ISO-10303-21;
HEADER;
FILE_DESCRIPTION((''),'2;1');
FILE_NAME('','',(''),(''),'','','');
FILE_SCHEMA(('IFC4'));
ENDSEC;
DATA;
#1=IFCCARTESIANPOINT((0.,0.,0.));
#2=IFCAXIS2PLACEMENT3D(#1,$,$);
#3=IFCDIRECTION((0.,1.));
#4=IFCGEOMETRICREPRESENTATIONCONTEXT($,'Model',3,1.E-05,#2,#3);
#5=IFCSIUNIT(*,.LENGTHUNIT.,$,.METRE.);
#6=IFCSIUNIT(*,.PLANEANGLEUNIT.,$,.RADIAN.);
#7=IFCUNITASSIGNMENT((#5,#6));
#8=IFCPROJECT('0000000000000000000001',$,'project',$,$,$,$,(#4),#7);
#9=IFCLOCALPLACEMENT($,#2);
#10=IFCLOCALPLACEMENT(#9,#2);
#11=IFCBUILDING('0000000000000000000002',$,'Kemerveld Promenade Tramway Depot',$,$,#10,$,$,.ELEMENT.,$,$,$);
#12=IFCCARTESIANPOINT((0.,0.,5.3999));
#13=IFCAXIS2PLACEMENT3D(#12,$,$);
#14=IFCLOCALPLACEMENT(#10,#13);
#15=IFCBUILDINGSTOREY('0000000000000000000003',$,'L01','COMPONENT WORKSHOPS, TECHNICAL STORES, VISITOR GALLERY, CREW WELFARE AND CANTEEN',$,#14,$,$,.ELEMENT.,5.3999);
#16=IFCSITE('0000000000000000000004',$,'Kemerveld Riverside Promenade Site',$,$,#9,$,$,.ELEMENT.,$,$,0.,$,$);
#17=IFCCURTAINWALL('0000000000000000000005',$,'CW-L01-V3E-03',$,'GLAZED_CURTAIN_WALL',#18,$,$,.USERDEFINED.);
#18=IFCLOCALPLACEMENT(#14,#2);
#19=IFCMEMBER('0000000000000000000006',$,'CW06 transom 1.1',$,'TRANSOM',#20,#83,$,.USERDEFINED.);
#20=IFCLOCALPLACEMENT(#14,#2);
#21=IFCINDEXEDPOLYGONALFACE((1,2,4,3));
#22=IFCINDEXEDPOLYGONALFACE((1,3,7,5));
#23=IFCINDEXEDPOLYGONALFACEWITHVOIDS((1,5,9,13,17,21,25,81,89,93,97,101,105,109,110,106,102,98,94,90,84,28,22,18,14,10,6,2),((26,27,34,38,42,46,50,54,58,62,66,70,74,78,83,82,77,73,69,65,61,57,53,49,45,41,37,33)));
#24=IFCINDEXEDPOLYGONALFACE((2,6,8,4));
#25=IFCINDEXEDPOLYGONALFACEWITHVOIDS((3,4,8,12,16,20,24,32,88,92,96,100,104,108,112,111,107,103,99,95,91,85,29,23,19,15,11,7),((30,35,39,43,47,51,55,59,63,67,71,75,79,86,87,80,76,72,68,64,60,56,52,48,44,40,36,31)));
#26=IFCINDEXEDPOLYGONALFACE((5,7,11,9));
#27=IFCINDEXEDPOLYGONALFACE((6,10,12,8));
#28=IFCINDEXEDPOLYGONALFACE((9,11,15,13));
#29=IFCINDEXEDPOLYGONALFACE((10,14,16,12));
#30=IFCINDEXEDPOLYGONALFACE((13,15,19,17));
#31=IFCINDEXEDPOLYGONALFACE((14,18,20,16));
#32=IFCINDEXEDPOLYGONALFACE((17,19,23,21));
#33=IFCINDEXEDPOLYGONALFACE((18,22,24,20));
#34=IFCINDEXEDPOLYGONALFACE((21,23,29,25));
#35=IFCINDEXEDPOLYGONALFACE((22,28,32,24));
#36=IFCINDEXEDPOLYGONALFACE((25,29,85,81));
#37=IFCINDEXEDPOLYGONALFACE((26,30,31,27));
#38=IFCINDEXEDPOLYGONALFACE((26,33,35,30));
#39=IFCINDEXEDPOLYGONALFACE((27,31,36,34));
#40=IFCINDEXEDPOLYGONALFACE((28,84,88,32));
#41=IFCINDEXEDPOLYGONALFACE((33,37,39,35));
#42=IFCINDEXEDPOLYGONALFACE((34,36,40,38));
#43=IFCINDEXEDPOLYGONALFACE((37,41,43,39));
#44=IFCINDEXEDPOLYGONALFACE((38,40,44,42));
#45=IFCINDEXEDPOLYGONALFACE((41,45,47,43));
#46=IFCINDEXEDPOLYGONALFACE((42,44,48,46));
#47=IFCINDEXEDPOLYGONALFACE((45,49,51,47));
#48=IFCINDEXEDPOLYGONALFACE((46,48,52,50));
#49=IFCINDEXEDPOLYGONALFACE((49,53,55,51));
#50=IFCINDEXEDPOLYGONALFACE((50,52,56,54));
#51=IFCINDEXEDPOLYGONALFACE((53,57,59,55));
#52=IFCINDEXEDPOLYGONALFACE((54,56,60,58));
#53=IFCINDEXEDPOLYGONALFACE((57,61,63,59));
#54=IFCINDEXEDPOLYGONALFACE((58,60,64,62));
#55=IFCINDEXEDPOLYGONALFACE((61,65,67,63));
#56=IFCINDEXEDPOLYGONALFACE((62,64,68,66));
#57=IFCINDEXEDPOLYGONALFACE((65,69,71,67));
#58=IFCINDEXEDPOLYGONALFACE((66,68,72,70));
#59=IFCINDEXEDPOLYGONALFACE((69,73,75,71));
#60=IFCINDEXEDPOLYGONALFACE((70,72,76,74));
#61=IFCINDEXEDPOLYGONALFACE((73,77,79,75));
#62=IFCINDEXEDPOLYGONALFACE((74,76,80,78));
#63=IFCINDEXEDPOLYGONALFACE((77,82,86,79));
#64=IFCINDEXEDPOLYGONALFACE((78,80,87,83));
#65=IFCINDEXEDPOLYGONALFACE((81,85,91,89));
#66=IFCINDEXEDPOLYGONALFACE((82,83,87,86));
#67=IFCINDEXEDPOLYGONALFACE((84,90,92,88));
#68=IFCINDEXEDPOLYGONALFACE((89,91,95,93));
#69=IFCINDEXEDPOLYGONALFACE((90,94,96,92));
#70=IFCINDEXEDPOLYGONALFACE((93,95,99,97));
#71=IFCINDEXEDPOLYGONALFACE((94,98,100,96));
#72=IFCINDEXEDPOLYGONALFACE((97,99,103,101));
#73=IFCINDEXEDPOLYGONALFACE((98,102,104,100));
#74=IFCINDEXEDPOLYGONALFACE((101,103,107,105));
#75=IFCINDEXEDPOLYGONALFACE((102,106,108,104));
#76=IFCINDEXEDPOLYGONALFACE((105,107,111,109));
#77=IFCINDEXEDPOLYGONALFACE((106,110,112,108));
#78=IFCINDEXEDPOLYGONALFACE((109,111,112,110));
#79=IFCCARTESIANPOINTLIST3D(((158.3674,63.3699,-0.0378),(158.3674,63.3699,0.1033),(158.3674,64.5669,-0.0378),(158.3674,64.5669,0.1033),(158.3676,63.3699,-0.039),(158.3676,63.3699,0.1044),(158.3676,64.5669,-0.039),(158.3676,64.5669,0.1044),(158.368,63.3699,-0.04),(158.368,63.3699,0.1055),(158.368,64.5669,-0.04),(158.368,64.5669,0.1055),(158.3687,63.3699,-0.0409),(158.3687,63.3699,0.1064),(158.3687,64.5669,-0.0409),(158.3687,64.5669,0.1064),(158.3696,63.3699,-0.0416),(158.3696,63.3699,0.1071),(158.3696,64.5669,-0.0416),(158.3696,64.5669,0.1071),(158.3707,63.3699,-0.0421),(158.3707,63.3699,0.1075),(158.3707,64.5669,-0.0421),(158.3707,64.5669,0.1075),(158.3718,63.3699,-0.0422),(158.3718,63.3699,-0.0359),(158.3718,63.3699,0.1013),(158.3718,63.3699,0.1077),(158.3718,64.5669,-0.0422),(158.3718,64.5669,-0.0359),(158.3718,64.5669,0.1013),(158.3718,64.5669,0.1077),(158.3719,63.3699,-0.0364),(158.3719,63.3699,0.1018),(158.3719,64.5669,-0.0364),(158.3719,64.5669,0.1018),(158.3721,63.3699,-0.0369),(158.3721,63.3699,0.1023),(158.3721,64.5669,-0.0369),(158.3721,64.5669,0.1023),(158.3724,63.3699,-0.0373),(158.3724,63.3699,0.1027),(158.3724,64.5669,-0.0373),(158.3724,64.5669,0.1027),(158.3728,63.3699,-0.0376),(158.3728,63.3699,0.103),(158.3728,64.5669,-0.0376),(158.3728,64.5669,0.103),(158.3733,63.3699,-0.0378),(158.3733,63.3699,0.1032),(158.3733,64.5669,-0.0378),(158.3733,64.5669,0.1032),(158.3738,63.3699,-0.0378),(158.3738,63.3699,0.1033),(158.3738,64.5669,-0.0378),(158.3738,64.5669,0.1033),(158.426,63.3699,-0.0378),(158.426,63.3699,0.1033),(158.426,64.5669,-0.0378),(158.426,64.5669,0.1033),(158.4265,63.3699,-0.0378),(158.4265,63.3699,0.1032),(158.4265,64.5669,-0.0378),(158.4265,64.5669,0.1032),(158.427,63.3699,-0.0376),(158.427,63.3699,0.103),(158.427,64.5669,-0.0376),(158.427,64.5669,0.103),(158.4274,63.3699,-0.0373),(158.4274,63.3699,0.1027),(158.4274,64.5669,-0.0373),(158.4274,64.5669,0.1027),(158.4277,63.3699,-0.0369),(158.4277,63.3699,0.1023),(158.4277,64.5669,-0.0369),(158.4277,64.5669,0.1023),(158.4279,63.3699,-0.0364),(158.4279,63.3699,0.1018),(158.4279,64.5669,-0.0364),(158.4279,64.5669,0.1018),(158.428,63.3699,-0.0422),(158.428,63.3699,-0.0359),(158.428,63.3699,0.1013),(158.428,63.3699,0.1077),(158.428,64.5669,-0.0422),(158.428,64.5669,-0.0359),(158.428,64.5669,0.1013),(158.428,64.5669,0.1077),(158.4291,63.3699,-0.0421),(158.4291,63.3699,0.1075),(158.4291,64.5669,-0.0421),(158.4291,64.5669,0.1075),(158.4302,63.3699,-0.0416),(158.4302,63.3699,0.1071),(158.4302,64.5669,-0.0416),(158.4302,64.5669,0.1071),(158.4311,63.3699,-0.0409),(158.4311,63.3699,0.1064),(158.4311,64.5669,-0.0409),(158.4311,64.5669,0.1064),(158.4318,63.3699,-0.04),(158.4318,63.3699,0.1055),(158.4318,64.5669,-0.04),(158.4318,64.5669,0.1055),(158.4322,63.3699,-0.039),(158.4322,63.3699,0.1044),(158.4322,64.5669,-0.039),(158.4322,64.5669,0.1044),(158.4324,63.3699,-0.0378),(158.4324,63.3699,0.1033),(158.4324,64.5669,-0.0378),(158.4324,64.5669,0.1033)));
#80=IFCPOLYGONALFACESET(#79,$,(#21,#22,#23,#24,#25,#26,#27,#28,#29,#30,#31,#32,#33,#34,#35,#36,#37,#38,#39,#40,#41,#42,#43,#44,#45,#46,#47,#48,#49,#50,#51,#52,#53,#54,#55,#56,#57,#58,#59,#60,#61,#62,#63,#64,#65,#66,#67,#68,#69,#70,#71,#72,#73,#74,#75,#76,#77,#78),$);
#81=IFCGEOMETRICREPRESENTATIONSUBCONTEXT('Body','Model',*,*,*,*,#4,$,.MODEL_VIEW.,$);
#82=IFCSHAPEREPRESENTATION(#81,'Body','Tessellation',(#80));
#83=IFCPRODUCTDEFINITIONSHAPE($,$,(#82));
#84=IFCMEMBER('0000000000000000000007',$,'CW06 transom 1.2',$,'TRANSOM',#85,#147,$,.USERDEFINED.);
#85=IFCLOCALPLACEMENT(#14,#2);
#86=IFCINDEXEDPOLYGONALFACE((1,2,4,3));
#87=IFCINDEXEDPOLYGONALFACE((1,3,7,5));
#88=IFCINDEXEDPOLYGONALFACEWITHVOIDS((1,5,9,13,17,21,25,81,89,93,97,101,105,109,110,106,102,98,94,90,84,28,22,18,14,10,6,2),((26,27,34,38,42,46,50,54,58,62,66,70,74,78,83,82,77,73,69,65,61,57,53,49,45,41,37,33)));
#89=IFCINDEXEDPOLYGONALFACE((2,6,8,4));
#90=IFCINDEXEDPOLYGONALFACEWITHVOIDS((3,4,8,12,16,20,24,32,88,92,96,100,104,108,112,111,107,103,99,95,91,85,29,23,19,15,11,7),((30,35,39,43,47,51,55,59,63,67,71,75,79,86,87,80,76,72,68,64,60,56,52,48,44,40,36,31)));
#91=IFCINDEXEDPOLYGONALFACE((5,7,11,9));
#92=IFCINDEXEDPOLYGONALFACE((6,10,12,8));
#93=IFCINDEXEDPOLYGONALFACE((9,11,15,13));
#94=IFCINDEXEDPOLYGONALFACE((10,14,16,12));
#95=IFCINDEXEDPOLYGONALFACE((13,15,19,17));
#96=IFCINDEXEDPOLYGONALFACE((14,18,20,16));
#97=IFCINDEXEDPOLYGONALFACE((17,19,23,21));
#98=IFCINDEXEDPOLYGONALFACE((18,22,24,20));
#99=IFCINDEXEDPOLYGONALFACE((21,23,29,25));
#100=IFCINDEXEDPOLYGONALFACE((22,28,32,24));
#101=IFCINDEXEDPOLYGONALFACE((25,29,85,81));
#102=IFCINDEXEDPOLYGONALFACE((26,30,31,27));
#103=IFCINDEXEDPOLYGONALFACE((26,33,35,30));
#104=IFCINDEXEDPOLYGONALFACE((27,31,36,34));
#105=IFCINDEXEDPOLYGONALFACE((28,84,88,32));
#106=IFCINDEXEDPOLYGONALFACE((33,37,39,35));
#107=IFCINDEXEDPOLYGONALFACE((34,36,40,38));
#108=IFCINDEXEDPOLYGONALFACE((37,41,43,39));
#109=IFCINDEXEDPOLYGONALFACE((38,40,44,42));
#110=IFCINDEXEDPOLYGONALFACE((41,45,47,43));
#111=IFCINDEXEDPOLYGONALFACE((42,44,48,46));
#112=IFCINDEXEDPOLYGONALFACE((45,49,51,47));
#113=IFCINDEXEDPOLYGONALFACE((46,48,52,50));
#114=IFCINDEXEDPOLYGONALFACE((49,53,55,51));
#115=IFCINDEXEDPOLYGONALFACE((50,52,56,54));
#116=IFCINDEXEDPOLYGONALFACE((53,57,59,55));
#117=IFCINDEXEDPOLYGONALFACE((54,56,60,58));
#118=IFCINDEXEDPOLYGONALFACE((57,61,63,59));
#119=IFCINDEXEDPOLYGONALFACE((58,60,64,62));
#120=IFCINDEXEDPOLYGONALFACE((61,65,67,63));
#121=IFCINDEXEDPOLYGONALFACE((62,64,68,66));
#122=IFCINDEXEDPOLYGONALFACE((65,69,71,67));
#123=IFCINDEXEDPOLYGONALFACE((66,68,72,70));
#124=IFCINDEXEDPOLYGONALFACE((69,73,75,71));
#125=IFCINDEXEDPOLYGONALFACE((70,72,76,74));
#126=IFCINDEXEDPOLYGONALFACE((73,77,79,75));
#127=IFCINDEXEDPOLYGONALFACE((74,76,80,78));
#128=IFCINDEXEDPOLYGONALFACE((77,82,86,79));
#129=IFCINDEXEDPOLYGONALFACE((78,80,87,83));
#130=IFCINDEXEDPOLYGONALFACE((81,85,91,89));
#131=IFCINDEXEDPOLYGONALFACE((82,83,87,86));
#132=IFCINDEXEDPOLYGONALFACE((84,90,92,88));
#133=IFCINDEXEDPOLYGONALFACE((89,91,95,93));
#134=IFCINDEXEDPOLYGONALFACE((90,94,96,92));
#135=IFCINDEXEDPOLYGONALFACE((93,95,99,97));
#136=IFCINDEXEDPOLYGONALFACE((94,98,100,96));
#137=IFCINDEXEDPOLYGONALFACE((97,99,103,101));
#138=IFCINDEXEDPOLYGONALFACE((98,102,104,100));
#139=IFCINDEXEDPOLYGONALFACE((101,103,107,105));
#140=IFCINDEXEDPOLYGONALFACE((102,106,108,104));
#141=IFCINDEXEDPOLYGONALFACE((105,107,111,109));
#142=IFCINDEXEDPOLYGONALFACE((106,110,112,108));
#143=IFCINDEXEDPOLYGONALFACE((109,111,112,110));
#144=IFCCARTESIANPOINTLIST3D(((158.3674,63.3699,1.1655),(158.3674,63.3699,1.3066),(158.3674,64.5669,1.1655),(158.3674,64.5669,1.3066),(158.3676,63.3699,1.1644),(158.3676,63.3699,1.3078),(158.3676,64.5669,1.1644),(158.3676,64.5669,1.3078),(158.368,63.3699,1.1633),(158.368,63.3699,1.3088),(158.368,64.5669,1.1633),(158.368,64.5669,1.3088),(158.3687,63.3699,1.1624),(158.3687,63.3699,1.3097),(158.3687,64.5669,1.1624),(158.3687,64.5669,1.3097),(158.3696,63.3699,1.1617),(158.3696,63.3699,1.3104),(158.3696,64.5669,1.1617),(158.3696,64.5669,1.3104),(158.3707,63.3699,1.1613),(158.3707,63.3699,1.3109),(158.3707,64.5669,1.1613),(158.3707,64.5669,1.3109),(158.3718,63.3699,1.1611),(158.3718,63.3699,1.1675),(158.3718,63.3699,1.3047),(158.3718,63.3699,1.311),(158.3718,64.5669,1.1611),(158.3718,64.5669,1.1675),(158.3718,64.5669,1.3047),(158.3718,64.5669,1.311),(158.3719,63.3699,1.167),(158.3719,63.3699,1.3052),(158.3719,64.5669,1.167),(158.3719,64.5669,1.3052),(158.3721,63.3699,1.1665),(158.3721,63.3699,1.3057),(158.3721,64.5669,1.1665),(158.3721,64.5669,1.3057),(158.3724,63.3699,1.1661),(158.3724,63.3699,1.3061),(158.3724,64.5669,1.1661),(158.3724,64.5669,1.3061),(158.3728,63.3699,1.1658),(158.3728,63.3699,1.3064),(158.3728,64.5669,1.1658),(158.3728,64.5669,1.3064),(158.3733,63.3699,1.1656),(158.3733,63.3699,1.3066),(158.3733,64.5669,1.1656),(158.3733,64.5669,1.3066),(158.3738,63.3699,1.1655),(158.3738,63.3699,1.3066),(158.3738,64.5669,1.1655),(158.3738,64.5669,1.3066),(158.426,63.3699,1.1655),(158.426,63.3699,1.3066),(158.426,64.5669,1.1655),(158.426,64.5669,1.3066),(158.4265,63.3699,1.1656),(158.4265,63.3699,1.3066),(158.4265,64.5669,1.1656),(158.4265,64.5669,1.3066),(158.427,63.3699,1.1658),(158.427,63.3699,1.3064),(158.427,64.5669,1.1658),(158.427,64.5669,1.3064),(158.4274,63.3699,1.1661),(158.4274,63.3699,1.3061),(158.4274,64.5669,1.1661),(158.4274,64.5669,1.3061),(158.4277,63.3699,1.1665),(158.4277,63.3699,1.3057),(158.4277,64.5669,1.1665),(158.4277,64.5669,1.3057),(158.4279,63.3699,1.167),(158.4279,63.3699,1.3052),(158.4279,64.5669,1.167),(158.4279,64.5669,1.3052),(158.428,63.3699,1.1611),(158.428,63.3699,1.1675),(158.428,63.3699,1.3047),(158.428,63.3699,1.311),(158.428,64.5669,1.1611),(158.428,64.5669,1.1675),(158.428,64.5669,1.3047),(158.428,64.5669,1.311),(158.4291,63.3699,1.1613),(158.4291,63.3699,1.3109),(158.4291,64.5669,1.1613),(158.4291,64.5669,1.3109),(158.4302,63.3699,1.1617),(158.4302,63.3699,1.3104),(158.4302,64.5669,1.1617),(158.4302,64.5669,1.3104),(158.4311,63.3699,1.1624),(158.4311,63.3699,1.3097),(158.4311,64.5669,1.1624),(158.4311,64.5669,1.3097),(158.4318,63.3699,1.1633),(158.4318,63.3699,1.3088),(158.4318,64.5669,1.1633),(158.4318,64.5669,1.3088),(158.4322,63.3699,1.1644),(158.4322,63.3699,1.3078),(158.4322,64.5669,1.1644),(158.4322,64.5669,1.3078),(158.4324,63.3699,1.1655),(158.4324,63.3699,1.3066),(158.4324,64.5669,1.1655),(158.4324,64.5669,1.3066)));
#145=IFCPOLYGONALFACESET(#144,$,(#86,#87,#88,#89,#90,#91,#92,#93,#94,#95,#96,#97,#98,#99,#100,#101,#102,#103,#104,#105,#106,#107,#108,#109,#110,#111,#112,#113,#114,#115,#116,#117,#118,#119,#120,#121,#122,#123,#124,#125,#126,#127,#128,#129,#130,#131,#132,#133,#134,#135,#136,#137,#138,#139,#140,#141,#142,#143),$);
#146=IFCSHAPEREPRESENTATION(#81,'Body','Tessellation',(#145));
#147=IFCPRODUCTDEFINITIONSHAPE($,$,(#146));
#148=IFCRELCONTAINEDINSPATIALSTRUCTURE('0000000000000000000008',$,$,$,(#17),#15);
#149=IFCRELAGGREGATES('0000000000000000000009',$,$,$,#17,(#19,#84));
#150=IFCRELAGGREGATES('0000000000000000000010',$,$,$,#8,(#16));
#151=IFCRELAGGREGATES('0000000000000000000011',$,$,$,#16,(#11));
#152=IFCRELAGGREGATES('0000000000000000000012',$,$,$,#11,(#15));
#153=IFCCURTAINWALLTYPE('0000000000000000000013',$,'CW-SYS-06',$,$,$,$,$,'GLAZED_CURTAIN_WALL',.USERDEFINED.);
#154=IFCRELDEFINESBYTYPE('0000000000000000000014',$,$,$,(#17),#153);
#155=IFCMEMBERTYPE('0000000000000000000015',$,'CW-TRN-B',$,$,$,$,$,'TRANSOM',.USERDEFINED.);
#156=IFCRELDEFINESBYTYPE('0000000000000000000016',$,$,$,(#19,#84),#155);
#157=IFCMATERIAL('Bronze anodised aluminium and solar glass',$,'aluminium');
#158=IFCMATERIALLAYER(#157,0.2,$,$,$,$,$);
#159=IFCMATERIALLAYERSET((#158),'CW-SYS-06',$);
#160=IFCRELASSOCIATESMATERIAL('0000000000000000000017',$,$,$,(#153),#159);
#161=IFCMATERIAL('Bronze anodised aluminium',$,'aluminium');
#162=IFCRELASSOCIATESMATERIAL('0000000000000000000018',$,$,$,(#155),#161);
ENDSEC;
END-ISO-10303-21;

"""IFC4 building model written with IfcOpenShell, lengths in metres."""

from ifc_helpers import new_model, si_unit, direction, frame, origin, origin_2d, place, context, subcontext, project, spatial, hollow_rectangle, extrude, material, layer, layer_set, material_profile, profile_set, type_object, element, aggregate, save


model = new_model("IFC4")

# Units and contexts
model_context = context("Model", 3, precision=1e-05, world=origin(), true_north=direction((0.0, 1.0)))
body_context = subcontext(model_context, "Body", "Model", "MODEL_VIEW")
ifc_project = project(units=[si_unit("LENGTHUNIT", "METRE"), si_unit("PLANEANGLEUNIT", "RADIAN")], contexts=[model_context])

# Site, building, storey
site_placement = place(None, origin())
site = spatial("IfcSite", under=ifc_project, at=site_placement, Name="Kemerveld Riverside Promenade Site", CompositionType="ELEMENT", RefElevation=0.0)
building_placement = place(site_placement, origin())
building = spatial("IfcBuilding", under=site, at=building_placement, Name="Kemerveld Promenade Tramway Depot", CompositionType="ELEMENT")
storey_placement = place(building_placement, frame((0.0, 0.0, 5.3999)))
storey = spatial("IfcBuildingStorey", under=building, at=storey_placement, Name="L01", Description="COMPONENT WORKSHOPS, TECHNICAL STORES, VISITOR GALLERY, CREW WELFARE AND CANTEEN", CompositionType="ELEMENT", Elevation=5.3999)

# Shared definitions
ifc_material_1 = material(Name="Bronze anodised aluminium and solar glass", Category="aluminium")
ifc_material_2 = material(Name="Bronze anodised aluminium", Category="aluminium")

# Curtain wall, members
ifc_layer_1 = layer(ifc_material_1, 0.2)
ifc_layer_set_1 = layer_set([ifc_layer_1], Name="CW-SYS-06")
curtain_wall_type_1 = type_object("IfcCurtainWallType", Name="CW-SYS-06", ElementType="GLAZED_CURTAIN_WALL", PredefinedType="USERDEFINED", material=ifc_layer_set_1)
curtain_wall_1_placement = place(storey_placement, origin())
curtain_wall_1 = element("IfcCurtainWall", 1, at=curtain_wall_1_placement, inside=storey, type_object=curtain_wall_type_1, Name="CW-L01-V3E-03", ObjectType="GLAZED_CURTAIN_WALL", PredefinedType="USERDEFINED")
ifc_material_profile_1 = material_profile(ifc_material_2, hollow_rectangle(XDim=0.0649, YDim=0.1499, WallThickness=0.0044, InnerFilletRadius=0.002, OuterFilletRadius=0.0044, at=origin_2d()), Name="CW-TRN-150x65")
ifc_profile_set_1 = profile_set([ifc_material_profile_1], Name="Bronze anodised aluminium")
member_type_1 = type_object("IfcMemberType", Name="CW-TRN-B", ElementType="TRANSOM", PredefinedType="USERDEFINED", material=ifc_profile_set_1)
member_1_placement = place(storey_placement, frame((158.3999, 64.5669, 0.0327), z_axis=(0.0, -1.0, 0.0), x_axis=(1.0, 0.0, 0.0)))
member_1 = element("IfcMember", 2, at=member_1_placement, type_object=member_type_1, Name="CW06 transom 1.1", ObjectType="TRANSOM", PredefinedType="USERDEFINED", context=body_context, shape_type="SweptSolid", body=[
    extrude(hollow_rectangle(XDim=0.0649, YDim=0.1499, WallThickness=0.0044, InnerFilletRadius=0.002, OuterFilletRadius=0.0044, at=origin_2d()), origin(), (0.0, 0.0, 1.0), 1.197),
])
member_2_placement = place(storey_placement, frame((158.3999, 64.5669, 1.2361), z_axis=(0.0, -1.0, 0.0), x_axis=(1.0, 0.0, 0.0)))
member_2 = element("IfcMember", 3, at=member_2_placement, type_object=member_type_1, Name="CW06 transom 1.2", ObjectType="TRANSOM", PredefinedType="USERDEFINED", context=body_context, shape_type="SweptSolid", body=[
    extrude(hollow_rectangle(XDim=0.0649, YDim=0.1499, WallThickness=0.0044, InnerFilletRadius=0.002, OuterFilletRadius=0.0044, at=origin_2d()), origin(), (0.0, 0.0, 1.0), 1.197),
])

aggregate(curtain_wall_1, [member_1, member_2])

save(model, "model.ifc")
